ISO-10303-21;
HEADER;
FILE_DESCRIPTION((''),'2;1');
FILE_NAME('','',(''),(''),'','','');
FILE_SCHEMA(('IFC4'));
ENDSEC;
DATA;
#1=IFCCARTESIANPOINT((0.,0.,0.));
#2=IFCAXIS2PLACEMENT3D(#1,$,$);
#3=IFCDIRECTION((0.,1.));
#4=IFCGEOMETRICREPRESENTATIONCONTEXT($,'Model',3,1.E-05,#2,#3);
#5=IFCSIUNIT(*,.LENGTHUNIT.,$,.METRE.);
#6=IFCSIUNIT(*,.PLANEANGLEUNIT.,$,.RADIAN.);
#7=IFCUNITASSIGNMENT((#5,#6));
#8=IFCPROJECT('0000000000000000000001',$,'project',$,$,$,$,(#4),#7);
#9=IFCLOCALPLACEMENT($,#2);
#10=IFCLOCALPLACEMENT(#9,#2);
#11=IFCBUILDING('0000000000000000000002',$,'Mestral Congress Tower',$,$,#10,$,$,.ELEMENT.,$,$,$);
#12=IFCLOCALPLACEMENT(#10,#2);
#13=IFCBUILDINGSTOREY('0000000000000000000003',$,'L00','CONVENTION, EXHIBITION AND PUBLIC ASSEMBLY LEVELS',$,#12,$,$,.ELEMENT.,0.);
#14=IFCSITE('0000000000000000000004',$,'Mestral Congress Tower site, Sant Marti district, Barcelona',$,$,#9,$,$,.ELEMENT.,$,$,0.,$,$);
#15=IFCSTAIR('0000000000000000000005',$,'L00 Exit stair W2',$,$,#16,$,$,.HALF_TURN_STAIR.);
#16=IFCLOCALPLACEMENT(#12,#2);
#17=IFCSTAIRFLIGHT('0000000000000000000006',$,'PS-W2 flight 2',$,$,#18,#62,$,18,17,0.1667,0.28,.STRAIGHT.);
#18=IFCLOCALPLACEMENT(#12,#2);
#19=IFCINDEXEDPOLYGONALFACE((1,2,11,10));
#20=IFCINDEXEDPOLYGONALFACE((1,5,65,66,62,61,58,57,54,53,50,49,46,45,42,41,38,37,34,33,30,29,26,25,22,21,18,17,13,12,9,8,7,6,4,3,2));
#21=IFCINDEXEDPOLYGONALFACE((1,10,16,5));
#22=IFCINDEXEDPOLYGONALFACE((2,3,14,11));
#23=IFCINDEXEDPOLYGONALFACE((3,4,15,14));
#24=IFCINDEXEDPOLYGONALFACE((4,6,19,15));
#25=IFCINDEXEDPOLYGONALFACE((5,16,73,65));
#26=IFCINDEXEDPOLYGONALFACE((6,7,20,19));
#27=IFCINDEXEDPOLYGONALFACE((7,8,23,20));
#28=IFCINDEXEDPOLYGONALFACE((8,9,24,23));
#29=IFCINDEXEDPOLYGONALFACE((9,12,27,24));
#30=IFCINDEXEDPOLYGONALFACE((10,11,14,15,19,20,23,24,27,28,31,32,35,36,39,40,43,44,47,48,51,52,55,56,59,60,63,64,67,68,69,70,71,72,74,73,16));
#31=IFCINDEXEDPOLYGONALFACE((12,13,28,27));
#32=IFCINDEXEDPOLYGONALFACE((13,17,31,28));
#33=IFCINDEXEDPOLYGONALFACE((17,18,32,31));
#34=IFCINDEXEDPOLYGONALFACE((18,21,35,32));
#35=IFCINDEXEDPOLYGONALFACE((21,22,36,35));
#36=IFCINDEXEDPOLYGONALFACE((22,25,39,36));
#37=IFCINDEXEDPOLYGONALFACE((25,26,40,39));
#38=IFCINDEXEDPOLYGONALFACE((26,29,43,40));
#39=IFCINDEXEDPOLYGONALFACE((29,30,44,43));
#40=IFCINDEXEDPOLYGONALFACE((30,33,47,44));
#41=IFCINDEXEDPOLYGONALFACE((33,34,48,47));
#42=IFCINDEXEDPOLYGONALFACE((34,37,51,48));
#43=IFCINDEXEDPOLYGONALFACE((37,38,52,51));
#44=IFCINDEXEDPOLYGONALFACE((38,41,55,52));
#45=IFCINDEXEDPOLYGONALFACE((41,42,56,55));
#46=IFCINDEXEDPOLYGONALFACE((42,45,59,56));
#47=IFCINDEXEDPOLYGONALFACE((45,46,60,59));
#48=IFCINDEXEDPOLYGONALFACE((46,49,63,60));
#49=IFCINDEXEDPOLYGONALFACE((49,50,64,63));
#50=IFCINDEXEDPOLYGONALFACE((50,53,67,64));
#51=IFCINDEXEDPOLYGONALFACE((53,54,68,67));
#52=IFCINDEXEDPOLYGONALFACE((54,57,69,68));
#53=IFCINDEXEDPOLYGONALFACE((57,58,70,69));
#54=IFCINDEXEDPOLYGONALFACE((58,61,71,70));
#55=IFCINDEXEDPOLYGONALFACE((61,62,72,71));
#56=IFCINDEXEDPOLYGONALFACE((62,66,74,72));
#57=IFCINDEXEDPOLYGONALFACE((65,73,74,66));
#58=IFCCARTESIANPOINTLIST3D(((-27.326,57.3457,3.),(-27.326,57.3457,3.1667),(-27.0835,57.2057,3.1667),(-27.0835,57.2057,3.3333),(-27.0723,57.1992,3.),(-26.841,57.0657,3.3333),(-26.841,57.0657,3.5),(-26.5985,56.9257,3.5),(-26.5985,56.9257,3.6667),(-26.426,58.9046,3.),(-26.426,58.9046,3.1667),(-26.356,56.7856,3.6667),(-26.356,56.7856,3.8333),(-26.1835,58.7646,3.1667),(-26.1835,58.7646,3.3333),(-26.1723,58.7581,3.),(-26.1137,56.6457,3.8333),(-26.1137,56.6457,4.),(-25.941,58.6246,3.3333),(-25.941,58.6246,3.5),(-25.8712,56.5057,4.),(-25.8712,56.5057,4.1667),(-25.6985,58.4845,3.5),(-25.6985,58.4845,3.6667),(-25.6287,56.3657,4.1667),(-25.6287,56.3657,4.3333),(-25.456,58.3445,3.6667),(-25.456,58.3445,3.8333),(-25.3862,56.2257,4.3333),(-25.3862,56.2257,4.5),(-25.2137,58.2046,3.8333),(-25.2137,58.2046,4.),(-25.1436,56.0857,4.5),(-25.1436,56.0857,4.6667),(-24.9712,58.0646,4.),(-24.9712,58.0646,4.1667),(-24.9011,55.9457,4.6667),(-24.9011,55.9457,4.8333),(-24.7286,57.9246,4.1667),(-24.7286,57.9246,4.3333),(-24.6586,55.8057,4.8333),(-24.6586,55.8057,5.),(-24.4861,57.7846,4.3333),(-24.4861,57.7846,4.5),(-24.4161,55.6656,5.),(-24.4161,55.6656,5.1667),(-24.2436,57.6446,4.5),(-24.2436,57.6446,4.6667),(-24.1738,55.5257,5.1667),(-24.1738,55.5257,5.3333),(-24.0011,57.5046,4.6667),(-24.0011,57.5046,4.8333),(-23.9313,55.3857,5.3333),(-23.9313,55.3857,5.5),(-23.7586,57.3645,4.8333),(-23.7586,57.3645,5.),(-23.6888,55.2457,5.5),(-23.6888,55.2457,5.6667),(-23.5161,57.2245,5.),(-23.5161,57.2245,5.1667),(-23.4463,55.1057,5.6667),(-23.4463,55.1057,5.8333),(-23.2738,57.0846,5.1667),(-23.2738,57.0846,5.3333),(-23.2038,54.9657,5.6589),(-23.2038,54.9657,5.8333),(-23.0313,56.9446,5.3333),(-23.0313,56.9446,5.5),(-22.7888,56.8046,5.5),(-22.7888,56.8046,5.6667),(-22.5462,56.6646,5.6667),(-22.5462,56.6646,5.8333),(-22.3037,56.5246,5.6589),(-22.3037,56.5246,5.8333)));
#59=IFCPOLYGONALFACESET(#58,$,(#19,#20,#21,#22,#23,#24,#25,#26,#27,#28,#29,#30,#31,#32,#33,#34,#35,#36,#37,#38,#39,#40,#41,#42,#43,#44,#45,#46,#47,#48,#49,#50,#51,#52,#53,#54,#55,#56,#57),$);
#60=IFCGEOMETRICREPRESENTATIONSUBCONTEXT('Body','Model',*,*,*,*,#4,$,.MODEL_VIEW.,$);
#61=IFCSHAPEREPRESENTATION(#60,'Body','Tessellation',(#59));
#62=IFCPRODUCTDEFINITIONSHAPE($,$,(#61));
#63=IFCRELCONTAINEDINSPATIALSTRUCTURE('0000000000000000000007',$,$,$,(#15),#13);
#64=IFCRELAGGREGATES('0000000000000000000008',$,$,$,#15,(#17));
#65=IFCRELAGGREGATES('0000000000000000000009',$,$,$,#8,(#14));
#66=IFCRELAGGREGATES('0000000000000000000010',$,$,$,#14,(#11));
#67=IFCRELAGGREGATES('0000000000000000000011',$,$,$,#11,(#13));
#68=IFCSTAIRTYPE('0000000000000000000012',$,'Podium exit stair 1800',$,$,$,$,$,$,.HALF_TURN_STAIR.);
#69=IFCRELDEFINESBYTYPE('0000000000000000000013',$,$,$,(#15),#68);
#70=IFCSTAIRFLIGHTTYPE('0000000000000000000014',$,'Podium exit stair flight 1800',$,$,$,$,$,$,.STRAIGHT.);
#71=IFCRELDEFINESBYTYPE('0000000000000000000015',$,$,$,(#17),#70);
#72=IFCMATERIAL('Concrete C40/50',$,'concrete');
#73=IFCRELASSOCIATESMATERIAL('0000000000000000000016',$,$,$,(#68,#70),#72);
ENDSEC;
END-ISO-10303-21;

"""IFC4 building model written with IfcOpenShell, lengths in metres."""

from ifc_helpers import new_model, si_unit, direction, frame, origin, place, context, subcontext, project, spatial, polyline, outline, extrude, material, type_object, element, aggregate, save


model = new_model("IFC4")

# Units and contexts
model_context = context("Model", 3, precision=1e-05, world=origin(), true_north=direction((0.0, 1.0)))
body_context = subcontext(model_context, "Body", "Model", "MODEL_VIEW")
ifc_project = project(units=[si_unit("LENGTHUNIT", "METRE"), si_unit("PLANEANGLEUNIT", "RADIAN")], contexts=[model_context])

# Site, building, storey
site_placement = place(None, origin())
site = spatial("IfcSite", under=ifc_project, at=site_placement, Name="Mestral Congress Tower site, Sant Marti district, Barcelona", CompositionType="ELEMENT", RefElevation=0.0)
building_placement = place(site_placement, origin())
building = spatial("IfcBuilding", under=site, at=building_placement, Name="Mestral Congress Tower", CompositionType="ELEMENT")
storey_placement = place(building_placement, origin())
storey = spatial("IfcBuildingStorey", under=building, at=storey_placement, Name="L00", Description="CONVENTION, EXHIBITION AND PUBLIC ASSEMBLY LEVELS", CompositionType="ELEMENT", Elevation=0.0)

# Stair, stair flight
ifc_material_1 = material(Name="Concrete C40/50", Category="concrete")
stair_type = type_object("IfcStairType", Name="Podium exit stair 1800", PredefinedType="HALF_TURN_STAIR", material=ifc_material_1)
stair_placement = place(storey_placement, origin())
stair = element("IfcStair", 1, at=stair_placement, inside=storey, type_object=stair_type, Name="L00 Exit stair W2", PredefinedType="HALF_TURN_STAIR")
stair_flight_type = type_object("IfcStairFlightType", Name="Podium exit stair flight 1800", PredefinedType="STRAIGHT", material=ifc_material_1)
stair_flight_placement = place(storey_placement, frame((-26.876, 58.1252, 3.0), z_axis=(0.0, 0.0, 1.0), x_axis=(0.866025, -0.5, 0.0)))
stair_flight = element("IfcStairFlight", 2, at=stair_flight_placement, type_object=stair_flight_type, Name="PS-W2 flight 2", NumberOfRisers=18, NumberOfTreads=17, PredefinedType="STRAIGHT", RiserHeight=0.1667, TreadLength=0.28, context=body_context, shape_type="SweptSolid", body=[
    extrude(outline(polyline([(0.0, 0.0), (0.0, 0.1667), (0.28, 0.1667), (0.28, 0.3333), (0.5601, 0.3333), (0.5601, 0.5), (0.8401, 0.5), (0.8401, 0.6667), (1.1201, 0.6667), (1.1201, 0.8333), (1.3999, 0.8333), (1.3999, 1.0), (1.6799, 1.0), (1.6799, 1.1667), (1.96, 1.1667), (1.96, 1.3333), (2.24, 1.3333), (2.24, 1.5), (2.52, 1.5), (2.52, 1.6667), (2.8, 1.6667), (2.8, 1.8333), (3.0801, 1.8333), (3.0801, 2.0), (3.3601, 2.0), (3.3601, 2.1667), (3.6399, 2.1667), (3.6399, 2.3333), (3.9199, 2.3333), (3.9199, 2.5), (4.2, 2.5), (4.2, 2.6667), (4.48, 2.6667), (4.48, 2.8333), (4.76, 2.8333), (4.76, 3.0), (4.76, 2.6589), (0.293, 0.0), (0.0, 0.0)])), frame((0.0, 0.8999, 0.0), z_axis=(0.0, -1.0, 0.0), x_axis=(1.0, 0.0, 0.0)), (0.0, 0.0, 1.0), 1.8),
])
aggregate(stair, [stair_flight])

save(model, "model.ifc")
